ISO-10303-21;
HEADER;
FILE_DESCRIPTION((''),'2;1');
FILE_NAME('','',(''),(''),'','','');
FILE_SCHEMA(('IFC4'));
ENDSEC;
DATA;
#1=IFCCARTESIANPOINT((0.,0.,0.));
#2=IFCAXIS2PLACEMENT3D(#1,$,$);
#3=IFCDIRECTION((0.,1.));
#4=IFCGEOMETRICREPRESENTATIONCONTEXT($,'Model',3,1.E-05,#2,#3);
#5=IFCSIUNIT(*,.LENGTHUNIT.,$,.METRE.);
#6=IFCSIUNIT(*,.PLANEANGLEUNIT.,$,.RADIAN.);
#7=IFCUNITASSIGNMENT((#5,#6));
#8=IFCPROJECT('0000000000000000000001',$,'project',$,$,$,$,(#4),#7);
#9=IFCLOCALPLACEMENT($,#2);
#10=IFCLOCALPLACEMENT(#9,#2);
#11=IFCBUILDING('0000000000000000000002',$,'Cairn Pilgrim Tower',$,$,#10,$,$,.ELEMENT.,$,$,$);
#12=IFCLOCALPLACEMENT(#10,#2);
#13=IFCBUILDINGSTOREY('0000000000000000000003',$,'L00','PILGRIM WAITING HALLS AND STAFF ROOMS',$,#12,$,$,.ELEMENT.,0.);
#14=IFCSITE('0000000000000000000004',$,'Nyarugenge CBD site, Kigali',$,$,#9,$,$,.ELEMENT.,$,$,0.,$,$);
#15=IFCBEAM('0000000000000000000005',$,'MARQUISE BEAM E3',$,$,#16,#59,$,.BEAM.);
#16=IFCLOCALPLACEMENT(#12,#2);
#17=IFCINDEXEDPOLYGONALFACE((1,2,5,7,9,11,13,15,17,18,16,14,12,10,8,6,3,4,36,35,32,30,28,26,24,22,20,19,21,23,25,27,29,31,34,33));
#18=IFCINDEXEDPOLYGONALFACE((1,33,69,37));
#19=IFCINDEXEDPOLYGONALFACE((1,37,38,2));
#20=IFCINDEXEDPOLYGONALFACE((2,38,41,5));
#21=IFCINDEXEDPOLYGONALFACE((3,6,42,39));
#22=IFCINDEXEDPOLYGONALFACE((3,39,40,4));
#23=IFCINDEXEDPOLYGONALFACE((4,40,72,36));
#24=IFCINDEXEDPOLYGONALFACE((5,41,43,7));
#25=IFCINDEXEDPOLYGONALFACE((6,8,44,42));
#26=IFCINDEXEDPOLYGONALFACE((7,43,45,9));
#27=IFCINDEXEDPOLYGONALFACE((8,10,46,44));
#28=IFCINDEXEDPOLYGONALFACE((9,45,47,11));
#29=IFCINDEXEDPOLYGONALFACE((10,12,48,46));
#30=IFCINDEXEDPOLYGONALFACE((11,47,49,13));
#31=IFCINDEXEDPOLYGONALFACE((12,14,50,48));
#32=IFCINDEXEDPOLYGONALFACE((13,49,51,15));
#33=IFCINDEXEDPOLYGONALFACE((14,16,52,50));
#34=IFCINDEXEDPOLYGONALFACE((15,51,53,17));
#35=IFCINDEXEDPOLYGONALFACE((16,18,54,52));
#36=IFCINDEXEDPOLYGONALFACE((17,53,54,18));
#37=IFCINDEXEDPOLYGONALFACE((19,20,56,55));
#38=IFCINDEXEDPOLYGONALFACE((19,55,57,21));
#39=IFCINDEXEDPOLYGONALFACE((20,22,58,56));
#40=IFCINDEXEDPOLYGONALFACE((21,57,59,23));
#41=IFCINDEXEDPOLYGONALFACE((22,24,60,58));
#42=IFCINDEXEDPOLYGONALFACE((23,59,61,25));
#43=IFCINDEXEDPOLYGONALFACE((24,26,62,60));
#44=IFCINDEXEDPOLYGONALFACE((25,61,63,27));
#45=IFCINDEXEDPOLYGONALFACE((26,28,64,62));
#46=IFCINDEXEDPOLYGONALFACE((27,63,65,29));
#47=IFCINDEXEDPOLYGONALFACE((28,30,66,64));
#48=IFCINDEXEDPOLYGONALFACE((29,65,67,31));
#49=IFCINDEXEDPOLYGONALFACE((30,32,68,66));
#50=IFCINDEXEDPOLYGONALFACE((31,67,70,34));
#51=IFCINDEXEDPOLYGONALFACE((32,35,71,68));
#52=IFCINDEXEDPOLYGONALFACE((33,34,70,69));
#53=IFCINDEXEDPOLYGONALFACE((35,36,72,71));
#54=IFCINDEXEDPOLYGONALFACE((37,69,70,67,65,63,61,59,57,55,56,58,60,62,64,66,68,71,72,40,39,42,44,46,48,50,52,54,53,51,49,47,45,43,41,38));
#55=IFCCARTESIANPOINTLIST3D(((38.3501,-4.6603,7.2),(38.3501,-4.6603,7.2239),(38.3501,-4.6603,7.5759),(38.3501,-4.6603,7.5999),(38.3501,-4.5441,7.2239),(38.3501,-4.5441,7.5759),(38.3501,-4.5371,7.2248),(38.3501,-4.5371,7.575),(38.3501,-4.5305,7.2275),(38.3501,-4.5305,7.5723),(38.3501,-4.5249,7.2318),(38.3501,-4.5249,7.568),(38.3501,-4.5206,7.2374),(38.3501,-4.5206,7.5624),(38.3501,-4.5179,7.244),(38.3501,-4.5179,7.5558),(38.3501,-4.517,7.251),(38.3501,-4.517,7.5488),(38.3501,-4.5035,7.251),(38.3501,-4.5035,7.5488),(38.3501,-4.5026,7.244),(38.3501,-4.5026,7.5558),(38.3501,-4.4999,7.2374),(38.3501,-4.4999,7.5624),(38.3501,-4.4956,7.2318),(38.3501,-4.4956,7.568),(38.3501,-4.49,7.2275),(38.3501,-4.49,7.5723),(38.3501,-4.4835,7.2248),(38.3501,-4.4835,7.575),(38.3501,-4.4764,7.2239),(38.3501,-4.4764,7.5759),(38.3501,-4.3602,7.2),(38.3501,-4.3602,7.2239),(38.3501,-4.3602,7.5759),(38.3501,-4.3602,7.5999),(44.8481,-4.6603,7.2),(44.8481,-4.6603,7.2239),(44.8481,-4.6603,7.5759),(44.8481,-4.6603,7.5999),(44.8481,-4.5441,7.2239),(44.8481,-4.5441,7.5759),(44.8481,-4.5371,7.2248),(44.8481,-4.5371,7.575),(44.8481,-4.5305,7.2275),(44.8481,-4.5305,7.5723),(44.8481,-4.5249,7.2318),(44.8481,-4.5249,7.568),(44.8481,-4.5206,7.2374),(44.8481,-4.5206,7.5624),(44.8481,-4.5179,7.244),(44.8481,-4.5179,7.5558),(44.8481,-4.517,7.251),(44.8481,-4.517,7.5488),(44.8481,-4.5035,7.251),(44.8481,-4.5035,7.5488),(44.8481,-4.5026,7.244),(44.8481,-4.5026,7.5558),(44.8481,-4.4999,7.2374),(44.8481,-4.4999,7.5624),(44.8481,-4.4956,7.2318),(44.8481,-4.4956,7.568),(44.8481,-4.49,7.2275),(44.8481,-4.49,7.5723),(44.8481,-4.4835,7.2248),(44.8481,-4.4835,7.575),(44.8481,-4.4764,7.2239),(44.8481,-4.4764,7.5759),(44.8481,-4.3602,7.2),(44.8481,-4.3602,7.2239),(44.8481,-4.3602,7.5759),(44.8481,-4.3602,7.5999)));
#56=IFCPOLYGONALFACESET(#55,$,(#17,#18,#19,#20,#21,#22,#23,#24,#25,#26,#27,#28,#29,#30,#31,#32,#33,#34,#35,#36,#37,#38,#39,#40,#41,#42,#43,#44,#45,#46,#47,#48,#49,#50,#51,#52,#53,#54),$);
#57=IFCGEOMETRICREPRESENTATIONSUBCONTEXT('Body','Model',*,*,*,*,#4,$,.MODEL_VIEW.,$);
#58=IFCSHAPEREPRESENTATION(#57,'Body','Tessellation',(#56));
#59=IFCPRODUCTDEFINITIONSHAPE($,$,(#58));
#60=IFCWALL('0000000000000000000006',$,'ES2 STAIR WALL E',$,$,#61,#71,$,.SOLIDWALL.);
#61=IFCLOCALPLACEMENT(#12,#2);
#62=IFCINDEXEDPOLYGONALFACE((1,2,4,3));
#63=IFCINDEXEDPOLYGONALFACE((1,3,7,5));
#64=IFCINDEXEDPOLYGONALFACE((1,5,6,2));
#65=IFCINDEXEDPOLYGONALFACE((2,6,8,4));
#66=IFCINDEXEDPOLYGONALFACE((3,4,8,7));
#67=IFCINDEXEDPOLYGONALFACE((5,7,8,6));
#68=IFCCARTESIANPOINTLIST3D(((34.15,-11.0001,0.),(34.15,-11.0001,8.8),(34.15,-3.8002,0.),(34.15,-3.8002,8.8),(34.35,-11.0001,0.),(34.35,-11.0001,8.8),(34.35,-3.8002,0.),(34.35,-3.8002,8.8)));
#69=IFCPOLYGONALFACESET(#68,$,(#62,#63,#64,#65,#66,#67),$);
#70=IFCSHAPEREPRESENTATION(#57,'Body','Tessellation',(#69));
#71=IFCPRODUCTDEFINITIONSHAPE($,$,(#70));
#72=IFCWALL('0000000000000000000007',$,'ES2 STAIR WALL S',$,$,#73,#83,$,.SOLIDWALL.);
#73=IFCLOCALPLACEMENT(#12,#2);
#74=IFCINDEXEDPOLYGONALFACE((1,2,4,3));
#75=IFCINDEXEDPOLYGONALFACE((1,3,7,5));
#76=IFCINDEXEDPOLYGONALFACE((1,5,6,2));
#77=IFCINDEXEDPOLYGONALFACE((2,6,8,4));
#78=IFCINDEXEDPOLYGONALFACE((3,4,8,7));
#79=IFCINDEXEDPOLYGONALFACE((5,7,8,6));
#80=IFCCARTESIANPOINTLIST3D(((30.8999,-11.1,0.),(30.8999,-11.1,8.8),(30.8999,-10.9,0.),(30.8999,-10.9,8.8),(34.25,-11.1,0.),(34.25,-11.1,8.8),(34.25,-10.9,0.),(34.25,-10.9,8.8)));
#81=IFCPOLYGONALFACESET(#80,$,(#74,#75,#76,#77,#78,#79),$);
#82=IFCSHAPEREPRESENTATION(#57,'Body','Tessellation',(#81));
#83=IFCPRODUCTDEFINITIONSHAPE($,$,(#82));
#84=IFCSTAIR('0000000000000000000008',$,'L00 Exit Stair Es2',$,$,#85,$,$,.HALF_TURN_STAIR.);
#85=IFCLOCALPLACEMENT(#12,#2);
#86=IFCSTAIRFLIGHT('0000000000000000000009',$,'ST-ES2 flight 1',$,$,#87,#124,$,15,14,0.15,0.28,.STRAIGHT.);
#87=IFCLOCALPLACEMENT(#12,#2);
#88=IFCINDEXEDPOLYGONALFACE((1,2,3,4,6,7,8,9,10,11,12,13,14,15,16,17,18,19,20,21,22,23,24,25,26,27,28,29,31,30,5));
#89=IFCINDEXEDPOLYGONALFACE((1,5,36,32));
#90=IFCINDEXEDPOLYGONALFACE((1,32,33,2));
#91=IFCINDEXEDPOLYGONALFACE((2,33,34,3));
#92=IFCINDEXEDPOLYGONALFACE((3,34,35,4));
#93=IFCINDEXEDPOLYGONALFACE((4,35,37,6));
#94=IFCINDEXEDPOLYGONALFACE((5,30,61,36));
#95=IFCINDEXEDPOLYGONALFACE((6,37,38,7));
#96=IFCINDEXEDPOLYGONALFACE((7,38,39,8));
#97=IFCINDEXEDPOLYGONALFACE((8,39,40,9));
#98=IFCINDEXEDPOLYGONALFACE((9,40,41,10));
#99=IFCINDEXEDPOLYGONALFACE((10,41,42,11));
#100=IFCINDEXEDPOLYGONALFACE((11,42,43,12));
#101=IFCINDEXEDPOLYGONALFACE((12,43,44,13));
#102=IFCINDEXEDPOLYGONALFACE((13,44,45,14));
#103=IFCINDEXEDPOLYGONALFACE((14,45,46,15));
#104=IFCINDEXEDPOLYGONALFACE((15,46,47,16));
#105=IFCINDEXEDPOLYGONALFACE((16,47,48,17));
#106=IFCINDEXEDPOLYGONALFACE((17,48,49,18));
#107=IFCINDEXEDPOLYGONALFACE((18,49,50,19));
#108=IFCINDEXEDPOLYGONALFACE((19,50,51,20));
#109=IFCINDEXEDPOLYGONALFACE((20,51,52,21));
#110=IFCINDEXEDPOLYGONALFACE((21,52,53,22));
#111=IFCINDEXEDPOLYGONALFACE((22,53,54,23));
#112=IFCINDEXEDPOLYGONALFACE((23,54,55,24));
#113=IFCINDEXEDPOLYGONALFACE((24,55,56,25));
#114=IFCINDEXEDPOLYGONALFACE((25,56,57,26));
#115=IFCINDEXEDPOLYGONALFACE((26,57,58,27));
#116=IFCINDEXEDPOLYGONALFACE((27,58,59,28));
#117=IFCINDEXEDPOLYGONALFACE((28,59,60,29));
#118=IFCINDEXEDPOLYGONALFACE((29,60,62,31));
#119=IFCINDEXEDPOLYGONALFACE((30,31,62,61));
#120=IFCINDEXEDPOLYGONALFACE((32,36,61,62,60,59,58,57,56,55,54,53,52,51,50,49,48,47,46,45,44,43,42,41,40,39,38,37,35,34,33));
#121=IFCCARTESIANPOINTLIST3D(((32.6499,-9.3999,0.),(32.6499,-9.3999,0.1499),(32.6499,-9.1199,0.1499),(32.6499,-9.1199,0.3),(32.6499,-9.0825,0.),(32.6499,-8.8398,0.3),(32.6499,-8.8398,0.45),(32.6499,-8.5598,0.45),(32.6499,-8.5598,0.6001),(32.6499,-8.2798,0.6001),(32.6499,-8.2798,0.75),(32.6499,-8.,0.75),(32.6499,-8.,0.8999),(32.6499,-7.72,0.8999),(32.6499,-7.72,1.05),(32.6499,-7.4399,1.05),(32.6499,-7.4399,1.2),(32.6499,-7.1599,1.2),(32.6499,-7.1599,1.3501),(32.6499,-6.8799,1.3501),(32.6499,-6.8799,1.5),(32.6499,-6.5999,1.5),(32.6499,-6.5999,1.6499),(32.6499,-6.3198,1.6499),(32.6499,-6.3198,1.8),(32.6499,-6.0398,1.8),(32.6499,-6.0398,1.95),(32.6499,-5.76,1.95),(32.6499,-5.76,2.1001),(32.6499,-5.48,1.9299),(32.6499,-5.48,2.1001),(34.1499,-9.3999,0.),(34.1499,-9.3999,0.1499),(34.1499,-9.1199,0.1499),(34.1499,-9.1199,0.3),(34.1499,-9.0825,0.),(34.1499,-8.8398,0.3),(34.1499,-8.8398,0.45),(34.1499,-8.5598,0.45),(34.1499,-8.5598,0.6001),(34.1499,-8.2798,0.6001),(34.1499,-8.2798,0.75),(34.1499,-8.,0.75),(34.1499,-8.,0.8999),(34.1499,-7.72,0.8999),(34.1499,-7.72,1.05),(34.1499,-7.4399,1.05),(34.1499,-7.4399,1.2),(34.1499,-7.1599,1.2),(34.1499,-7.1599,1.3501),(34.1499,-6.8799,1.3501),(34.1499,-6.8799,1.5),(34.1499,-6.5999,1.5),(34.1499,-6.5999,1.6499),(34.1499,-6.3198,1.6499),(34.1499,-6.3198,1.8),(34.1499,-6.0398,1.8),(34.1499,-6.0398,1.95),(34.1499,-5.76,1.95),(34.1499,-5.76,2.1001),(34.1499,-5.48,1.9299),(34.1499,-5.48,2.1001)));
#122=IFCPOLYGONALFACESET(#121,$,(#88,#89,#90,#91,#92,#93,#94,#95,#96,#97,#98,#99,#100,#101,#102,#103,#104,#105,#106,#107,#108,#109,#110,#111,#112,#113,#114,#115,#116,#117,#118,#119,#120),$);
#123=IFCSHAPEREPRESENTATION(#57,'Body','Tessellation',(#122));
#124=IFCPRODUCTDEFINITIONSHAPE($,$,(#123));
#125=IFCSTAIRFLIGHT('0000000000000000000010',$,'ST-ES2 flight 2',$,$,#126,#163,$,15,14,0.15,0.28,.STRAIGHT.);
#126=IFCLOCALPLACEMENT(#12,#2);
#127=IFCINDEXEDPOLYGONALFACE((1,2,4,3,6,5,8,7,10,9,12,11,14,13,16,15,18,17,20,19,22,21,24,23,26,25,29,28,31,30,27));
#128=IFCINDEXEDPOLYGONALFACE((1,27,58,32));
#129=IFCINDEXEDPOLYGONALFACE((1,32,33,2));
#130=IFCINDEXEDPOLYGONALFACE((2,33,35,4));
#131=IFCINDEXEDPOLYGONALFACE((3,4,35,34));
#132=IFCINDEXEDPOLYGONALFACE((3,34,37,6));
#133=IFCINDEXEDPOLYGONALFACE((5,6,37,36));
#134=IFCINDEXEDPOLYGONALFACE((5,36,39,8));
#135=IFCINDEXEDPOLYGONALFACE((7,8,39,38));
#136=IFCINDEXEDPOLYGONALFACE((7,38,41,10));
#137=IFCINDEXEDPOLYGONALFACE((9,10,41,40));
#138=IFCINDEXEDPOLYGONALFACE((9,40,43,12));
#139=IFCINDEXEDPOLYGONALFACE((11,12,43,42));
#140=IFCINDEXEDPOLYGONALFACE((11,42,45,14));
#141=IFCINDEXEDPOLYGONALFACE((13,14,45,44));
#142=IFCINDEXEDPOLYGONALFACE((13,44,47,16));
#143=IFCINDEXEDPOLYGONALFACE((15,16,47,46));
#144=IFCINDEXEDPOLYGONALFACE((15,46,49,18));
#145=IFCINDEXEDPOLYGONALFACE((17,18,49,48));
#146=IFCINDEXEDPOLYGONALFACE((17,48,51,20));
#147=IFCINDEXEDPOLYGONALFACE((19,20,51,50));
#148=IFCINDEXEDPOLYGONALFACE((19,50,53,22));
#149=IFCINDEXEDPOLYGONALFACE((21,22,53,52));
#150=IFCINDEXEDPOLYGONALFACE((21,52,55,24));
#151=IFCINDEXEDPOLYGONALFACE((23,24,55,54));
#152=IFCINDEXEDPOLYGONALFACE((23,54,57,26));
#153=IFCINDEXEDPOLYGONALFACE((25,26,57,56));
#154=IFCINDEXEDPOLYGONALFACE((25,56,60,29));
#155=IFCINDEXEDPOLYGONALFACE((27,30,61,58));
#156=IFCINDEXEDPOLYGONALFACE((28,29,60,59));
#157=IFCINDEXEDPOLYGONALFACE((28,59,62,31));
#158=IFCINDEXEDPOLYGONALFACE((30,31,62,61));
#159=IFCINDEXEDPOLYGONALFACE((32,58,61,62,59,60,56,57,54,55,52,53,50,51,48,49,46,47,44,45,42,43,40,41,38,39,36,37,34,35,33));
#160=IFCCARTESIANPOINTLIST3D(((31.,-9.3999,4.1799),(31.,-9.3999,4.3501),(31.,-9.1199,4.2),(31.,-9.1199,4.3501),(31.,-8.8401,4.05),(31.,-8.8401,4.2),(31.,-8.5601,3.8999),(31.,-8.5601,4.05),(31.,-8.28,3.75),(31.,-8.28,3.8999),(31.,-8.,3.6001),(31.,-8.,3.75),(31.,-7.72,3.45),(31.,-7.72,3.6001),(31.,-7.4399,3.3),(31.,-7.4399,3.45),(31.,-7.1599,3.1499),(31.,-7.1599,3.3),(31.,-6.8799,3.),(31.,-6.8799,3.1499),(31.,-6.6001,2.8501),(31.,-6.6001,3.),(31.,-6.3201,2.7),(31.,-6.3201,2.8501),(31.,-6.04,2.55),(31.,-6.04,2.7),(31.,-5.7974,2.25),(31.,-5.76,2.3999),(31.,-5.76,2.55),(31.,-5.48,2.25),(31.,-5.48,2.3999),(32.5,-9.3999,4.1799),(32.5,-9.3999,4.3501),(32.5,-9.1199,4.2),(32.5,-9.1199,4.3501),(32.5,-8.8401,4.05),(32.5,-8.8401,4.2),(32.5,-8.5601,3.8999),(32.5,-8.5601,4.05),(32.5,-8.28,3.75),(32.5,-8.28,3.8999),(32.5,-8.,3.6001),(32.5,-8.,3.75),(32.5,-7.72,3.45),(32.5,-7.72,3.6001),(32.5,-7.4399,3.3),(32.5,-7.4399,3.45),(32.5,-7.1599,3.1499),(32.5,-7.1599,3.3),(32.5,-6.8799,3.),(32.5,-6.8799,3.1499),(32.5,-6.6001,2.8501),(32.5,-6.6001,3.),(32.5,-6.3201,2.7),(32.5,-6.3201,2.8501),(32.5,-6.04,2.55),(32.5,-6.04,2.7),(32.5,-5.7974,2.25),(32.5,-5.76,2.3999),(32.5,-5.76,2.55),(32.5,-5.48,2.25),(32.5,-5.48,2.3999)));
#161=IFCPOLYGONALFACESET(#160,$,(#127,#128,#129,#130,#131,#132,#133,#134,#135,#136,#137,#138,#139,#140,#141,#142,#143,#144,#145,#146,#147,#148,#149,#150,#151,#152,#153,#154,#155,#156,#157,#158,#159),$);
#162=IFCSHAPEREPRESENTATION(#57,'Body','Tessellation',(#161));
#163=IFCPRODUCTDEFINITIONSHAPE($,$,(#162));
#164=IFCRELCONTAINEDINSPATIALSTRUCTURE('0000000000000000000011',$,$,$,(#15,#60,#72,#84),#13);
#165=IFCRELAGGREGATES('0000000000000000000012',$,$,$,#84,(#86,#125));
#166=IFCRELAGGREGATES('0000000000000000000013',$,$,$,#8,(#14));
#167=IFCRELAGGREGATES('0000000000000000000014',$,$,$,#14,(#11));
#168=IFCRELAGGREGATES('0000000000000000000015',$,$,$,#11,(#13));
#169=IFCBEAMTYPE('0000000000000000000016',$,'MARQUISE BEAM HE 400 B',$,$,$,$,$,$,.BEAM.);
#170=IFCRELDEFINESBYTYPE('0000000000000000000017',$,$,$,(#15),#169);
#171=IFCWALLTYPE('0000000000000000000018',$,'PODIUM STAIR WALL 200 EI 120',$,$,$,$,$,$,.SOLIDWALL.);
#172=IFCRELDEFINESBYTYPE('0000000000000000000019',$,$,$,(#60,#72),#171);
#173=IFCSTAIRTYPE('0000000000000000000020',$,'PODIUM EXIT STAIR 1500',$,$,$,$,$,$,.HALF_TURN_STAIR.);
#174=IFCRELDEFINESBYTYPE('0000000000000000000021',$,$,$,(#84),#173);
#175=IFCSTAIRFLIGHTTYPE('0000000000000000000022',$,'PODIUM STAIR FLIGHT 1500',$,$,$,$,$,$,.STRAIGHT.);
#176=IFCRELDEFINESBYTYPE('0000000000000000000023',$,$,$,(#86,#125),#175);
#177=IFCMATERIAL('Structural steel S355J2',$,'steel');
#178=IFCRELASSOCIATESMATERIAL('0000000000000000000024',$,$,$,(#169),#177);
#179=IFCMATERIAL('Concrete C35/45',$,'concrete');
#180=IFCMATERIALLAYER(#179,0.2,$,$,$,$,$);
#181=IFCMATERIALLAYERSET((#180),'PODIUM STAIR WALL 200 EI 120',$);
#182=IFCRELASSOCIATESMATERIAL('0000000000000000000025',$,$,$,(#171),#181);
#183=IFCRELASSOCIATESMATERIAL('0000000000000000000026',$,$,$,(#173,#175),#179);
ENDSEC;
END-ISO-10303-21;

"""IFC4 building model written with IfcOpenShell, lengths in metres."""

from ifc_helpers import new_model, si_unit, direction, frame, frame_2d, origin, origin_2d, place, context, subcontext, project, spatial, polyline, rectangle, i_section, outline, extrude, material, layer, layer_set, material_profile, profile_set, type_object, element, aggregate, save


model = new_model("IFC4")

# Units and contexts
model_context = context("Model", 3, precision=1e-05, world=origin(), true_north=direction((0.0, 1.0)))
body_context = subcontext(model_context, "Body", "Model", "MODEL_VIEW")
ifc_project = project(units=[si_unit("LENGTHUNIT", "METRE"), si_unit("PLANEANGLEUNIT", "RADIAN")], contexts=[model_context])

# Site, building, storey
site_placement = place(None, origin())
site = spatial("IfcSite", under=ifc_project, at=site_placement, Name="Nyarugenge CBD site, Kigali", CompositionType="ELEMENT", RefElevation=0.0)
building_placement = place(site_placement, origin())
building = spatial("IfcBuilding", under=site, at=building_placement, Name="Cairn Pilgrim Tower", CompositionType="ELEMENT")
storey_placement = place(building_placement, origin())
storey = spatial("IfcBuildingStorey", under=building, at=storey_placement, Name="L00", Description="PILGRIM WAITING HALLS AND STAFF ROOMS", CompositionType="ELEMENT", Elevation=0.0)

# Shared definitions
ifc_material_1 = material(Name="Concrete C35/45", Category="concrete")

# Shared definitions
ifc_material_2 = material(Name="Structural steel S355J2", Category="steel")

# Beam
ifc_material_profile_1 = material_profile(ifc_material_2, i_section(OverallWidth=0.3, OverallDepth=0.3999, WebThickness=0.0134, FlangeThickness=0.0239, FilletRadius=0.0271, at=origin_2d()), Name="HE 400 B")
ifc_profile_set_1 = profile_set([ifc_material_profile_1], Name="Structural steel S355J2")
beam_type = type_object("IfcBeamType", Name="MARQUISE BEAM HE 400 B", PredefinedType="BEAM", material=ifc_profile_set_1)
beam_placement = place(storey_placement, frame((38.3501, -4.5103, 7.3999), z_axis=(1.0, 0.0, 0.0), x_axis=(0.0, 1.0, 0.0)))
element("IfcBeam", 1, at=beam_placement, inside=storey, type_object=beam_type, Name="MARQUISE BEAM E3", PredefinedType="BEAM", context=body_context, shape_type="SweptSolid", body=[
    extrude(i_section(OverallWidth=0.3, OverallDepth=0.3999, WebThickness=0.0134, FlangeThickness=0.0239, FilletRadius=0.0271, at=origin_2d()), origin(), (0.0, 0.0, 1.0), 6.498),
])

# Walls
ifc_layer = layer(ifc_material_1, 0.2)
ifc_layer_set = layer_set([ifc_layer], Name="PODIUM STAIR WALL 200 EI 120")
wall_type = type_object("IfcWallType", Name="PODIUM STAIR WALL 200 EI 120", PredefinedType="SOLIDWALL", material=ifc_layer_set)
wall_1_placement = place(storey_placement, frame((34.25, -3.8, 0.0), z_axis=(0.0, 0.0, 1.0), x_axis=(0.0, -1.0, 0.0)))
element("IfcWall", 2, at=wall_1_placement, inside=storey, type_object=wall_type, Name="ES2 STAIR WALL E", PredefinedType="SOLIDWALL", context=body_context, shape_type="SweptSolid", body=[
    extrude(rectangle(XDim=7.2, YDim=0.2, at=frame_2d((3.6001, 0.0))), origin(), (0.0, 0.0, 1.0), 8.8),
])
wall_2_placement = place(storey_placement, frame((34.25, -11.0, 0.0), z_axis=(0.0, 0.0, 1.0), x_axis=(-1.0, 0.0, 0.0)))
element("IfcWall", 3, at=wall_2_placement, inside=storey, type_object=wall_type, Name="ES2 STAIR WALL S", PredefinedType="SOLIDWALL", context=body_context, shape_type="SweptSolid", body=[
    extrude(rectangle(XDim=3.3501, YDim=0.2, at=frame_2d((1.675, 0.0))), origin(), (0.0, 0.0, 1.0), 8.8),
])

# Stair, stair flights
stair_type = type_object("IfcStairType", Name="PODIUM EXIT STAIR 1500", PredefinedType="HALF_TURN_STAIR", material=ifc_material_1)
stair_placement = place(storey_placement, origin())
stair = element("IfcStair", 4, at=stair_placement, inside=storey, type_object=stair_type, Name="L00 Exit Stair Es2", PredefinedType="HALF_TURN_STAIR")
stair_flight_type = type_object("IfcStairFlightType", Name="PODIUM STAIR FLIGHT 1500", PredefinedType="STRAIGHT", material=ifc_material_1)
stair_flight_1_placement = place(storey_placement, frame((33.3999, -9.3999, 0.0), z_axis=(0.0, 0.0, 1.0), x_axis=(0.0, 1.0, 0.0)))
stair_flight_1 = element("IfcStairFlight", 5, at=stair_flight_1_placement, type_object=stair_flight_type, Name="ST-ES2 flight 1", NumberOfRisers=15, NumberOfTreads=14, PredefinedType="STRAIGHT", RiserHeight=0.15, TreadLength=0.28, context=body_context, shape_type="SweptSolid", body=[
    extrude(outline(polyline([(0.0, 0.0), (0.0, 0.1499), (0.28, 0.1499), (0.28, 0.3), (0.5601, 0.3), (0.5601, 0.45), (0.8401, 0.45), (0.8401, 0.6001), (1.1201, 0.6001), (1.1201, 0.75), (1.3999, 0.75), (1.3999, 0.8999), (1.6799, 0.8999), (1.6799, 1.05), (1.96, 1.05), (1.96, 1.2), (2.24, 1.2), (2.24, 1.3501), (2.52, 1.3501), (2.52, 1.5), (2.8, 1.5), (2.8, 1.6499), (3.0801, 1.6499), (3.0801, 1.8), (3.3601, 1.8), (3.3601, 1.95), (3.6399, 1.95), (3.6399, 2.1001), (3.9199, 2.1001), (3.9199, 2.25), (3.9199, 1.9299), (0.3174, 0.0), (0.0, 0.0)])), frame((0.0, 0.75, 0.0), z_axis=(0.0, -1.0, 0.0), x_axis=(1.0, 0.0, 0.0)), (0.0, 0.0, 1.0), 1.5),
])
stair_flight_2_placement = place(storey_placement, frame((31.75, -5.48, 2.25), z_axis=(0.0, 0.0, 1.0), x_axis=(0.0, -1.0, 0.0)))
stair_flight_2 = element("IfcStairFlight", 6, at=stair_flight_2_placement, type_object=stair_flight_type, Name="ST-ES2 flight 2", NumberOfRisers=15, NumberOfTreads=14, PredefinedType="STRAIGHT", RiserHeight=0.15, TreadLength=0.28, context=body_context, shape_type="SweptSolid", body=[
    extrude(outline(polyline([(0.0, 0.0), (0.0, 0.1499), (0.28, 0.1499), (0.28, 0.3), (0.5601, 0.3), (0.5601, 0.45), (0.8401, 0.45), (0.8401, 0.6001), (1.1201, 0.6001), (1.1201, 0.75), (1.3999, 0.75), (1.3999, 0.8999), (1.6799, 0.8999), (1.6799, 1.05), (1.96, 1.05), (1.96, 1.2), (2.24, 1.2), (2.24, 1.3501), (2.52, 1.3501), (2.52, 1.5), (2.8, 1.5), (2.8, 1.6499), (3.0801, 1.6499), (3.0801, 1.8), (3.3601, 1.8), (3.3601, 1.95), (3.6399, 1.95), (3.6399, 2.1001), (3.9199, 2.1001), (3.9199, 2.25), (3.9199, 1.9299), (0.3174, 0.0), (0.0, 0.0)])), frame((0.0, 0.75, 0.0), z_axis=(0.0, -1.0, 0.0), x_axis=(1.0, 0.0, 0.0)), (0.0, 0.0, 1.0), 1.5),
])
aggregate(stair, [stair_flight_1, stair_flight_2])

save(model, "model.ifc")
